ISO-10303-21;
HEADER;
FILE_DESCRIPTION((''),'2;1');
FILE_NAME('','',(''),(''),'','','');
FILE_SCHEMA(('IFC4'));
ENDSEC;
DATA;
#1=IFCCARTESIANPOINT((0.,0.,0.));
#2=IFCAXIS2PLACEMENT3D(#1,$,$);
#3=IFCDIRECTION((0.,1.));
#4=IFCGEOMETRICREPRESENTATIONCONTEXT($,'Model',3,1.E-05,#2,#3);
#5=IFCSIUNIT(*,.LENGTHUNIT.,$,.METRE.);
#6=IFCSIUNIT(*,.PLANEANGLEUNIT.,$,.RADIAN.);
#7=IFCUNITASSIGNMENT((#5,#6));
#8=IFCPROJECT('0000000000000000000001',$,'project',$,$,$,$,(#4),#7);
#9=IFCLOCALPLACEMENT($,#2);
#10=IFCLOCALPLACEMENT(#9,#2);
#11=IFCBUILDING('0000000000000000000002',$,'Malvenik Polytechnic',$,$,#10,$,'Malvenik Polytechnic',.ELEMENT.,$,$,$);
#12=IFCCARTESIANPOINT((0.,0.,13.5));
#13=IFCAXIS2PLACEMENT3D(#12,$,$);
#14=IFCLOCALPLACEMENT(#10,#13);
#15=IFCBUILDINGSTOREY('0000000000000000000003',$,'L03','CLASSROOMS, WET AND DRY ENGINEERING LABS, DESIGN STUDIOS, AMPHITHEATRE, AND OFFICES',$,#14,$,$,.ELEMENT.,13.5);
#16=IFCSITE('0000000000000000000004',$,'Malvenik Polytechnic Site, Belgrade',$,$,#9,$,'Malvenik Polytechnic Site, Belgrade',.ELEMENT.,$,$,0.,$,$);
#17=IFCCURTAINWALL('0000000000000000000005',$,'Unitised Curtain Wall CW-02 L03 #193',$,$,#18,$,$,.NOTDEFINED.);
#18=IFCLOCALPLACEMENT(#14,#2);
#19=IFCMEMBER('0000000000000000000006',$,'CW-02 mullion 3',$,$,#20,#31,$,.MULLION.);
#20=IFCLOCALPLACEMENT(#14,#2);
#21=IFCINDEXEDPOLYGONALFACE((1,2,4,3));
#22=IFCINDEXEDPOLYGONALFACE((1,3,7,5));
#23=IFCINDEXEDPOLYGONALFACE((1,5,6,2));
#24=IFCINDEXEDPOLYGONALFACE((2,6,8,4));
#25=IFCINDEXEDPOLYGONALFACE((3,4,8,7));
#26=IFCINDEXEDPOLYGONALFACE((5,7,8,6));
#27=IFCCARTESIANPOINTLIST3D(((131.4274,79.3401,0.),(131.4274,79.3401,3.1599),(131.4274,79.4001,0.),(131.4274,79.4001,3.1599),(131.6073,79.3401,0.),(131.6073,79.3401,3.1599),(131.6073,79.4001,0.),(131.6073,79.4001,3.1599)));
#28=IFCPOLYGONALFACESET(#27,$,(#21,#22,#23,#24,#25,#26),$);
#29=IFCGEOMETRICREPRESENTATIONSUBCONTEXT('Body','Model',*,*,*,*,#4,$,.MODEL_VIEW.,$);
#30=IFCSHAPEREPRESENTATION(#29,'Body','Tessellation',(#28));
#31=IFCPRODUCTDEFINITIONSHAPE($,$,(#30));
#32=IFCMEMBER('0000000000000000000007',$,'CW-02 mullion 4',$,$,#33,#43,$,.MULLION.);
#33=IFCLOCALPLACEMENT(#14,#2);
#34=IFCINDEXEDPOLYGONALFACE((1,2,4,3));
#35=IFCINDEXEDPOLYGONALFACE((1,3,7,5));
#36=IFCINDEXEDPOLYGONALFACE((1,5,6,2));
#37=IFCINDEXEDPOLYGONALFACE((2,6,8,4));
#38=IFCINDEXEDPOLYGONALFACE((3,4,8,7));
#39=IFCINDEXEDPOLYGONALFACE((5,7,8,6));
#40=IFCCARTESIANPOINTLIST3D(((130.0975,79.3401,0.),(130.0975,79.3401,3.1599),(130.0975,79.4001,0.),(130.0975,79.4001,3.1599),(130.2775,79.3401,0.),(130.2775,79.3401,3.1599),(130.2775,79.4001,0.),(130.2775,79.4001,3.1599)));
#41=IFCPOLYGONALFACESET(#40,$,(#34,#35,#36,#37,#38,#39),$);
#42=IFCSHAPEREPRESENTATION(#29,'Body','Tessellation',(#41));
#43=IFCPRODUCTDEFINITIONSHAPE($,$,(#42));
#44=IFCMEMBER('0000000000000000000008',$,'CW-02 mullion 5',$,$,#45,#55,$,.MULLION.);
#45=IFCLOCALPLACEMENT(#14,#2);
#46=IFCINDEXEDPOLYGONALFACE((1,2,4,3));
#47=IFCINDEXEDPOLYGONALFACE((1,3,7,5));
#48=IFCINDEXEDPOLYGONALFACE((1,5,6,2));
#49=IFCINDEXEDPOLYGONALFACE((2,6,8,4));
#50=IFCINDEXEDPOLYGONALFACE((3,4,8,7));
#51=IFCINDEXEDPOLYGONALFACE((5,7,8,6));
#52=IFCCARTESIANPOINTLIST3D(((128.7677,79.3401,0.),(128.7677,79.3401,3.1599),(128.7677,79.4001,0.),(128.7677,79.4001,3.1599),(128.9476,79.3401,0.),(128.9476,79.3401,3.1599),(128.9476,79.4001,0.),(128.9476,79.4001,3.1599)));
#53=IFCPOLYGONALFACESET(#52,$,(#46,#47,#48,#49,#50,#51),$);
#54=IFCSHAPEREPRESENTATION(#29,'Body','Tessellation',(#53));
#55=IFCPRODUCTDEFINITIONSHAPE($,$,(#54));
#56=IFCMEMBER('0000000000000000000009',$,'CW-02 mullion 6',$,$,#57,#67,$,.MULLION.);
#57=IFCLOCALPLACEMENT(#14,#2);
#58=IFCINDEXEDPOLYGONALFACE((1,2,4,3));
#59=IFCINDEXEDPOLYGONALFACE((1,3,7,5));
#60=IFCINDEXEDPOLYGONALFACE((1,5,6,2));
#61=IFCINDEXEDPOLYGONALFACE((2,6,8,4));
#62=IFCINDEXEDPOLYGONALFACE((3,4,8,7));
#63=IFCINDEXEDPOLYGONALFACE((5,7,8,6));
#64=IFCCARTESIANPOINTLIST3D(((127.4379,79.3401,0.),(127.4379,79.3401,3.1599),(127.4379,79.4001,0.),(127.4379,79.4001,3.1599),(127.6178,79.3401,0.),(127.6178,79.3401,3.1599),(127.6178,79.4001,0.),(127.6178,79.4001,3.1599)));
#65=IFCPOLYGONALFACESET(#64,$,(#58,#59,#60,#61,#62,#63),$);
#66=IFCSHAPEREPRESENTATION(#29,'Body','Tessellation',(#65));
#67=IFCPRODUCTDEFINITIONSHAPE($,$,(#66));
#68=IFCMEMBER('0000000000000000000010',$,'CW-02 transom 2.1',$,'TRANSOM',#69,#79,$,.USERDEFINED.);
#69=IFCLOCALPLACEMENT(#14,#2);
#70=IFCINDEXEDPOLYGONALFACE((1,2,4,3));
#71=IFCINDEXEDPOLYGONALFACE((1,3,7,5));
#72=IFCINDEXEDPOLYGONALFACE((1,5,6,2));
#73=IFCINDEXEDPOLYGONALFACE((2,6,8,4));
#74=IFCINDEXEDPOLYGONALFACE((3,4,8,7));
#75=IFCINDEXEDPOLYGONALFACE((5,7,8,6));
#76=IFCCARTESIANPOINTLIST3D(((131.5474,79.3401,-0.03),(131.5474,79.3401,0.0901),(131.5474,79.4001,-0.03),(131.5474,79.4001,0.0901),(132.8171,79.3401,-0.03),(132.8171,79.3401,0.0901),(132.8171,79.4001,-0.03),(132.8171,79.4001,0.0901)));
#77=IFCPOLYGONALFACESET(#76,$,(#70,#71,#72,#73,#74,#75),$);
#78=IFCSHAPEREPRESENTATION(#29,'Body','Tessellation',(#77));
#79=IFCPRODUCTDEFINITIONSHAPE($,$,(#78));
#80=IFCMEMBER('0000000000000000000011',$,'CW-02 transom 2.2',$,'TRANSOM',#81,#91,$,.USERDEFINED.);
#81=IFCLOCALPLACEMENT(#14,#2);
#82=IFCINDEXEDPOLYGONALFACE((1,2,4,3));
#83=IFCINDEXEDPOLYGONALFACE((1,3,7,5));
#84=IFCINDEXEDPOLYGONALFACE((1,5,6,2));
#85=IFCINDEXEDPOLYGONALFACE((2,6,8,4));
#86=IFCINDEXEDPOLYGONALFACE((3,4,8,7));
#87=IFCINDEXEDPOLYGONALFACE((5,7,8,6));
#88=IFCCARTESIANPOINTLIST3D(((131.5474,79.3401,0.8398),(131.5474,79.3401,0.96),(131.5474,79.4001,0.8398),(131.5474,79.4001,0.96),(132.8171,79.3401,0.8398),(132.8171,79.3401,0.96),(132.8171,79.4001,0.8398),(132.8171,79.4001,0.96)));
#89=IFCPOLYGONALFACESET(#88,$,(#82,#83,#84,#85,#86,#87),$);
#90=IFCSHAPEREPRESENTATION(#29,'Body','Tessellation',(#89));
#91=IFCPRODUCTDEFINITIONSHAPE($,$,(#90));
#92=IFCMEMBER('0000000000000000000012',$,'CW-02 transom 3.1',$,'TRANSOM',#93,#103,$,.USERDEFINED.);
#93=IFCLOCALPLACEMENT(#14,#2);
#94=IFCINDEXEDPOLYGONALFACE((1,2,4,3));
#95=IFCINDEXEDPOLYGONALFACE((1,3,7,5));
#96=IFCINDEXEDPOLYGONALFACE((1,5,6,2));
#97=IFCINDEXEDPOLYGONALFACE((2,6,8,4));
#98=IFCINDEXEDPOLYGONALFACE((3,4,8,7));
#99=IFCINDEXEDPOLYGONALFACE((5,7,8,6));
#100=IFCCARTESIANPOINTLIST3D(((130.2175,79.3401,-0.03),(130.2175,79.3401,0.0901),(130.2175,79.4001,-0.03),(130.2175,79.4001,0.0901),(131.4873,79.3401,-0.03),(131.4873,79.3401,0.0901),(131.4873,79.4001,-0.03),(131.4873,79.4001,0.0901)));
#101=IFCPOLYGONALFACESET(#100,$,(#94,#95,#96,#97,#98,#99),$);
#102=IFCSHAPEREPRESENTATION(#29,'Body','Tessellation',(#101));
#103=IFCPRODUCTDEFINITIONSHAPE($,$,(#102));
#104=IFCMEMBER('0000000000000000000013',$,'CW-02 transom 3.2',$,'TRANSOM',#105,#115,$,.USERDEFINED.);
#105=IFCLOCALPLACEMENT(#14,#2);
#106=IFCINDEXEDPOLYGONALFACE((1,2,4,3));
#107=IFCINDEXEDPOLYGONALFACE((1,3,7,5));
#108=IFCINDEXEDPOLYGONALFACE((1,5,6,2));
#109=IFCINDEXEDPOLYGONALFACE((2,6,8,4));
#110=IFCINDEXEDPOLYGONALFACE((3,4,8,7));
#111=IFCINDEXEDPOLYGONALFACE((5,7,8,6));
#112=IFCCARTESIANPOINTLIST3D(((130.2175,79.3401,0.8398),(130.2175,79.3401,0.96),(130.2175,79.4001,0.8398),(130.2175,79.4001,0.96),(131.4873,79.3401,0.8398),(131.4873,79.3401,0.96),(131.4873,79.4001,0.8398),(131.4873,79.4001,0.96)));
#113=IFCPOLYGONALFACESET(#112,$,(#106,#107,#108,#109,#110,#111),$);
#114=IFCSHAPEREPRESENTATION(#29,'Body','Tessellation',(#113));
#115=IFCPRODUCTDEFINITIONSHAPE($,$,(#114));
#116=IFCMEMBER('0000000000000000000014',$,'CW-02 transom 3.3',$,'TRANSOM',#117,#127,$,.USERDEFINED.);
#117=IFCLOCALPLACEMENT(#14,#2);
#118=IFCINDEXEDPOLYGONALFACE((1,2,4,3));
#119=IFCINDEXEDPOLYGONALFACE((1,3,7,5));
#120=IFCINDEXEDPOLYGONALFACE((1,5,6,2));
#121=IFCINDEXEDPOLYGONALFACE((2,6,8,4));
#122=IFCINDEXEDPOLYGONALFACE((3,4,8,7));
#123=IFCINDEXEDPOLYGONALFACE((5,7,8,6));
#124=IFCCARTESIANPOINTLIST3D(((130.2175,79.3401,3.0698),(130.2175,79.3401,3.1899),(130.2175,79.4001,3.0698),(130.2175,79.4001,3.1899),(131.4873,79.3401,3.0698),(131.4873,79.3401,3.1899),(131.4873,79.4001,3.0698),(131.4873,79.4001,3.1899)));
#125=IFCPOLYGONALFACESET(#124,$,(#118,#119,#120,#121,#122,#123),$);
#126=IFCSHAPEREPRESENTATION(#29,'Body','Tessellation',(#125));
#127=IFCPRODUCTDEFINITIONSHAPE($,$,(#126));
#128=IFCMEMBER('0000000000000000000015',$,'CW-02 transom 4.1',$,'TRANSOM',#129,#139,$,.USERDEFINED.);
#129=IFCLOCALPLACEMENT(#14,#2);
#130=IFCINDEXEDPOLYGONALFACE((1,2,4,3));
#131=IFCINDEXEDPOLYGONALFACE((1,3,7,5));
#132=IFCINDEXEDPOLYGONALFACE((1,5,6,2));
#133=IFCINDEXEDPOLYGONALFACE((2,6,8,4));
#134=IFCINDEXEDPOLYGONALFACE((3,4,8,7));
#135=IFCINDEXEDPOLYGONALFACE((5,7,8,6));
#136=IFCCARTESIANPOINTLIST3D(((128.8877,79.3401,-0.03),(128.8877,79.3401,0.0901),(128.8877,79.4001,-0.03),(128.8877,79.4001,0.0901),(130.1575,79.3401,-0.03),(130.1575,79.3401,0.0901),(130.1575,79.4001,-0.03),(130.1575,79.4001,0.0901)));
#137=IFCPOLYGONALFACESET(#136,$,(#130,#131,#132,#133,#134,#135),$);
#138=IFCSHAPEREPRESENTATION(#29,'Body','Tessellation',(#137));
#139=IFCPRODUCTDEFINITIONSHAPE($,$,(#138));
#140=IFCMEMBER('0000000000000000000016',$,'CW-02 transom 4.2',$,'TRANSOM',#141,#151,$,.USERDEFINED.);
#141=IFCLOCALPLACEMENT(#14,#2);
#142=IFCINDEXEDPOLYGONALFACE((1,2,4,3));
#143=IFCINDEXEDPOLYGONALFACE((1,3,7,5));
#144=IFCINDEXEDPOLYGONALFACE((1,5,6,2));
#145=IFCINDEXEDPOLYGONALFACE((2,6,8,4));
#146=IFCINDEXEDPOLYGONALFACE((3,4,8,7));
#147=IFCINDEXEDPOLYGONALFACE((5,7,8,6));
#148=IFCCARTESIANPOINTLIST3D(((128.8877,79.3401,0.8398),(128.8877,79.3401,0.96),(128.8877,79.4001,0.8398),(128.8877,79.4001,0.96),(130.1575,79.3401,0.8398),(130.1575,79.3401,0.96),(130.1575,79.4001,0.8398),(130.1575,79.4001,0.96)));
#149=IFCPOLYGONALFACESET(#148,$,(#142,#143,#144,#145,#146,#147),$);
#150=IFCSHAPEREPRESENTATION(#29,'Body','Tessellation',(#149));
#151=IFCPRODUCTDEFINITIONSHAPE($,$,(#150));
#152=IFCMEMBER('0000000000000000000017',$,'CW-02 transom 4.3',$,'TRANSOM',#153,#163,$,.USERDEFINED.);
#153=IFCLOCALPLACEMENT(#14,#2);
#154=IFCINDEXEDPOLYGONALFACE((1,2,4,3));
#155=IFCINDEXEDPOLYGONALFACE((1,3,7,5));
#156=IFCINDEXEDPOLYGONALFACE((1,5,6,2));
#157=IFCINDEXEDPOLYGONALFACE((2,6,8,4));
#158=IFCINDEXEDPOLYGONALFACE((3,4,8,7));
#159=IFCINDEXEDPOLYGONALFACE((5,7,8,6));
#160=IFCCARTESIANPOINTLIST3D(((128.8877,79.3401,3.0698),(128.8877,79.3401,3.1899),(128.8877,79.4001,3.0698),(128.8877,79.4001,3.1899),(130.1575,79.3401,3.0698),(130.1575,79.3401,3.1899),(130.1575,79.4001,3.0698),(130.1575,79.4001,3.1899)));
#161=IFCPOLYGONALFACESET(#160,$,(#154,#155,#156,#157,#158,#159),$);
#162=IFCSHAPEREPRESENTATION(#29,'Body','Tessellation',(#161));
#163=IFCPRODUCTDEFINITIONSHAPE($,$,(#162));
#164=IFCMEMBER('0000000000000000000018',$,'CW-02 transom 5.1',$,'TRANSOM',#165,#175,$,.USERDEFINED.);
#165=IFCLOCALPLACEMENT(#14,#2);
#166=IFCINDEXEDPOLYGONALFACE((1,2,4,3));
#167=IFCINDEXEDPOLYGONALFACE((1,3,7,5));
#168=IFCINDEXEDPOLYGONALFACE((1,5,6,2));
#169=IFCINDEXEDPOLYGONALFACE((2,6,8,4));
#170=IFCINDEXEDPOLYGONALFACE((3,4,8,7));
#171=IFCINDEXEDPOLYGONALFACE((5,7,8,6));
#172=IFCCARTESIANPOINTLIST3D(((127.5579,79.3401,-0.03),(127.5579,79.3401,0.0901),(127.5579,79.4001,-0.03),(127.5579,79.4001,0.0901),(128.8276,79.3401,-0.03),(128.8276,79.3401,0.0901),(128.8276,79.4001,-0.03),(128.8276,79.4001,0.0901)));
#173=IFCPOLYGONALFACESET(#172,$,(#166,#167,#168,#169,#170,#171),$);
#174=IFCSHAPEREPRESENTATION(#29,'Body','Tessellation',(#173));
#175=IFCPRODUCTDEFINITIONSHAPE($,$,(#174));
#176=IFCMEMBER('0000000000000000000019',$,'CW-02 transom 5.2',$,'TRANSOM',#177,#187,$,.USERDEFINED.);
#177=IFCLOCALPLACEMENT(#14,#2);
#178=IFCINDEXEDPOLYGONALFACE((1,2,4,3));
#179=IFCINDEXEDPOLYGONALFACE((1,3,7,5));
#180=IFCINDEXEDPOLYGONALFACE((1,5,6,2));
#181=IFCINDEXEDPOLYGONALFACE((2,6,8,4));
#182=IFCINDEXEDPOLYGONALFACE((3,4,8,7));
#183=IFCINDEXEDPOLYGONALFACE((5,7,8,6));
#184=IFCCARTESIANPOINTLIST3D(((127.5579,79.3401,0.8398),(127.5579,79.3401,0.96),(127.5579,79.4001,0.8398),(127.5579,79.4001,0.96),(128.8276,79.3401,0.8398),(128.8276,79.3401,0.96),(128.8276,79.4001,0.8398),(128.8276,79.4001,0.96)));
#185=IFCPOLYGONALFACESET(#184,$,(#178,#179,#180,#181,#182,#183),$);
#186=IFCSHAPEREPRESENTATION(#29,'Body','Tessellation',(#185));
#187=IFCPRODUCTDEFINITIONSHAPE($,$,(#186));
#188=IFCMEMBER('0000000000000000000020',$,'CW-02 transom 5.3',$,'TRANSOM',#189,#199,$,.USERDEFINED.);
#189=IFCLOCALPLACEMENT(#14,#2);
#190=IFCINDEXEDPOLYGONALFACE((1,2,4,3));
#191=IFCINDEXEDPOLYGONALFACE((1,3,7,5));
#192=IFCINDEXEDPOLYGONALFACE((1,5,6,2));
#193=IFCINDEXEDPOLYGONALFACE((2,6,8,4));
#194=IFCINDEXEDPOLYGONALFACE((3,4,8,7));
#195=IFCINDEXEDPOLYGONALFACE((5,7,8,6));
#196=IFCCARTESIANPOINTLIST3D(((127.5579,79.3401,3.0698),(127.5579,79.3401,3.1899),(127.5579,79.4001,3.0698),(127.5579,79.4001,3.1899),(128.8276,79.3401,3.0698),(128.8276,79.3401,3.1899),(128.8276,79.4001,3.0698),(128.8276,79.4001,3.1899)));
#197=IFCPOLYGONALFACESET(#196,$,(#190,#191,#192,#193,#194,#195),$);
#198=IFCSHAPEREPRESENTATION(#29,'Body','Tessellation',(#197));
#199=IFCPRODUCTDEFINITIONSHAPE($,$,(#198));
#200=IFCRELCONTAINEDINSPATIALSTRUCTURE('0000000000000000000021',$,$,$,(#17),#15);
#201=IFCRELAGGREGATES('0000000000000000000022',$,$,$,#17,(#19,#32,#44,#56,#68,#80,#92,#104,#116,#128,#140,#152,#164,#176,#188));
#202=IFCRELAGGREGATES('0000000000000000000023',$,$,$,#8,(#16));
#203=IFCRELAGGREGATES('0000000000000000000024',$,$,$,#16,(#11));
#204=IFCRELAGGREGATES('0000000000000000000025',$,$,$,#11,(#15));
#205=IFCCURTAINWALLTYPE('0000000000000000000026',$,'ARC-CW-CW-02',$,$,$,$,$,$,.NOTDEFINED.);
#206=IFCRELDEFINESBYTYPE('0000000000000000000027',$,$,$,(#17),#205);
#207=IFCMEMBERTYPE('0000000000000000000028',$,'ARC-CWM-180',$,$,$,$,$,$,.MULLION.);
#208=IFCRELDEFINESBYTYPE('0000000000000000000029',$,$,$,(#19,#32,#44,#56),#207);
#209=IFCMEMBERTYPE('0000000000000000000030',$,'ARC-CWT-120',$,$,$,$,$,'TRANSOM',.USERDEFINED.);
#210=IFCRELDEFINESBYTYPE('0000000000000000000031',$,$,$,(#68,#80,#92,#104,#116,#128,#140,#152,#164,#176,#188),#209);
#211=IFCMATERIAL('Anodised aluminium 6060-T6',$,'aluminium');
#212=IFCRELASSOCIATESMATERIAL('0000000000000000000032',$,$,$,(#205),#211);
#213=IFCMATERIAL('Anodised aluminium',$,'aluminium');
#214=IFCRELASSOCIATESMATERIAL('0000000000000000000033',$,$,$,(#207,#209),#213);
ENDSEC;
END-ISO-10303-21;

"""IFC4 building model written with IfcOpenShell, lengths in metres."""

from ifc_helpers import new_model, si_unit, direction, frame, origin, origin_2d, place, context, subcontext, project, spatial, rectangle, extrude, material, material_profile, profile_set, type_object, element, aggregate, save


model = new_model("IFC4")

# Units and contexts
model_context = context("Model", 3, precision=1e-05, world=origin(), true_north=direction((0.0, 1.0)))
body_context = subcontext(model_context, "Body", "Model", "MODEL_VIEW")
ifc_project = project(units=[si_unit("LENGTHUNIT", "METRE"), si_unit("PLANEANGLEUNIT", "RADIAN")], contexts=[model_context])

# Site, building, storey
site_placement = place(None, origin())
site = spatial("IfcSite", under=ifc_project, at=site_placement, Name="Malvenik Polytechnic Site, Belgrade", LongName="Malvenik Polytechnic Site, Belgrade", CompositionType="ELEMENT", RefElevation=0.0)
building_placement = place(site_placement, origin())
building = spatial("IfcBuilding", under=site, at=building_placement, Name="Malvenik Polytechnic", LongName="Malvenik Polytechnic", CompositionType="ELEMENT")
storey_placement = place(building_placement, frame((0.0, 0.0, 13.5)))
storey = spatial("IfcBuildingStorey", under=building, at=storey_placement, Name="L03", Description="CLASSROOMS, WET AND DRY ENGINEERING LABS, DESIGN STUDIOS, AMPHITHEATRE, AND OFFICES", CompositionType="ELEMENT", Elevation=13.5)

# Curtain wall, members
ifc_material_1 = material(Name="Anodised aluminium 6060-T6", Category="aluminium")
curtain_wall_type = type_object("IfcCurtainWallType", Name="ARC-CW-CW-02", PredefinedType="NOTDEFINED", material=ifc_material_1)
curtain_wall_placement = place(storey_placement, origin())
curtain_wall = element("IfcCurtainWall", 1, at=curtain_wall_placement, inside=storey, type_object=curtain_wall_type, Name="Unitised Curtain Wall CW-02 L03 #193", PredefinedType="NOTDEFINED")
ifc_material_2 = material(Name="Anodised aluminium", Category="aluminium")
ifc_material_profile_1 = material_profile(ifc_material_2, rectangle(XDim=0.0601, YDim=0.1799, at=origin_2d()), Name="ALU MULLION 60x180")
ifc_profile_set_1 = profile_set([ifc_material_profile_1], Name="Anodised aluminium")
member_type_1 = type_object("IfcMemberType", Name="ARC-CWM-180", PredefinedType="MULLION", material=ifc_profile_set_1)
member_1_placement = place(storey_placement, frame((131.5173, 79.3701, 0.0), z_axis=(0.0, 0.0, 1.0), x_axis=(0.0, -1.0, 0.0)))
member_1 = element("IfcMember", 2, at=member_1_placement, type_object=member_type_1, Name="CW-02 mullion 3", PredefinedType="MULLION", context=body_context, shape_type="SweptSolid", body=[
    extrude(rectangle(XDim=0.0601, YDim=0.1799, at=origin_2d()), origin(), (0.0, 0.0, 1.0), 3.1599),
])
member_2_placement = place(storey_placement, frame((130.1875, 79.3701, 0.0), z_axis=(0.0, 0.0, 1.0), x_axis=(0.0, -1.0, 0.0)))
member_2 = element("IfcMember", 3, at=member_2_placement, type_object=member_type_1, Name="CW-02 mullion 4", PredefinedType="MULLION", context=body_context, shape_type="SweptSolid", body=[
    extrude(rectangle(XDim=0.0601, YDim=0.1799, at=origin_2d()), origin(), (0.0, 0.0, 1.0), 3.1599),
])
member_3_placement = place(storey_placement, frame((128.8577, 79.3701, 0.0), z_axis=(0.0, 0.0, 1.0), x_axis=(0.0, -1.0, 0.0)))
member_3 = element("IfcMember", 4, at=member_3_placement, type_object=member_type_1, Name="CW-02 mullion 5", PredefinedType="MULLION", context=body_context, shape_type="SweptSolid", body=[
    extrude(rectangle(XDim=0.0601, YDim=0.1799, at=origin_2d()), origin(), (0.0, 0.0, 1.0), 3.1599),
])
member_4_placement = place(storey_placement, frame((127.5278, 79.3701, 0.0), z_axis=(0.0, 0.0, 1.0), x_axis=(0.0, -1.0, 0.0)))
member_4 = element("IfcMember", 5, at=member_4_placement, type_object=member_type_1, Name="CW-02 mullion 6", PredefinedType="MULLION", context=body_context, shape_type="SweptSolid", body=[
    extrude(rectangle(XDim=0.0601, YDim=0.1799, at=origin_2d()), origin(), (0.0, 0.0, 1.0), 3.1599),
])
ifc_material_profile_2 = material_profile(ifc_material_2, rectangle(XDim=0.0601, YDim=0.1201, at=origin_2d()), Name="ALU TRANSOM 60x120")
ifc_profile_set_2 = profile_set([ifc_material_profile_2], Name="Anodised aluminium")
member_type_2 = type_object("IfcMemberType", Name="ARC-CWT-120", ElementType="TRANSOM", PredefinedType="USERDEFINED", material=ifc_profile_set_2)
member_5_placement = place(storey_placement, frame((132.8171, 79.3701, 0.03), z_axis=(-1.0, 0.0, 0.0), x_axis=(0.0, -1.0, 0.0)))
member_5 = element("IfcMember", 6, at=member_5_placement, type_object=member_type_2, Name="CW-02 transom 2.1", ObjectType="TRANSOM", PredefinedType="USERDEFINED", context=body_context, shape_type="SweptSolid", body=[
    extrude(rectangle(XDim=0.0601, YDim=0.1201, at=origin_2d()), origin(), (0.0, 0.0, 1.0), 1.2698),
])
member_6_placement = place(storey_placement, frame((132.8171, 79.3701, 0.8999), z_axis=(-1.0, 0.0, 0.0), x_axis=(0.0, -1.0, 0.0)))
member_6 = element("IfcMember", 7, at=member_6_placement, type_object=member_type_2, Name="CW-02 transom 2.2", ObjectType="TRANSOM", PredefinedType="USERDEFINED", context=body_context, shape_type="SweptSolid", body=[
    extrude(rectangle(XDim=0.0601, YDim=0.1201, at=origin_2d()), origin(), (0.0, 0.0, 1.0), 1.2698),
])
member_7_placement = place(storey_placement, frame((131.4873, 79.3701, 0.03), z_axis=(-1.0, 0.0, 0.0), x_axis=(0.0, -1.0, 0.0)))
member_7 = element("IfcMember", 8, at=member_7_placement, type_object=member_type_2, Name="CW-02 transom 3.1", ObjectType="TRANSOM", PredefinedType="USERDEFINED", context=body_context, shape_type="SweptSolid", body=[
    extrude(rectangle(XDim=0.0601, YDim=0.1201, at=origin_2d()), origin(), (0.0, 0.0, 1.0), 1.2698),
])
member_8_placement = place(storey_placement, frame((131.4873, 79.3701, 0.8999), z_axis=(-1.0, 0.0, 0.0), x_axis=(0.0, -1.0, 0.0)))
member_8 = element("IfcMember", 9, at=member_8_placement, type_object=member_type_2, Name="CW-02 transom 3.2", ObjectType="TRANSOM", PredefinedType="USERDEFINED", context=body_context, shape_type="SweptSolid", body=[
    extrude(rectangle(XDim=0.0601, YDim=0.1201, at=origin_2d()), origin(), (0.0, 0.0, 1.0), 1.2698),
])
member_9_placement = place(storey_placement, frame((131.4873, 79.3701, 3.1299), z_axis=(-1.0, 0.0, 0.0), x_axis=(0.0, -1.0, 0.0)))
member_9 = element("IfcMember", 10, at=member_9_placement, type_object=member_type_2, Name="CW-02 transom 3.3", ObjectType="TRANSOM", PredefinedType="USERDEFINED", context=body_context, shape_type="SweptSolid", body=[
    extrude(rectangle(XDim=0.0601, YDim=0.1201, at=origin_2d()), origin(), (0.0, 0.0, 1.0), 1.2698),
])
member_10_placement = place(storey_placement, frame((130.1575, 79.3701, 0.03), z_axis=(-1.0, 0.0, 0.0), x_axis=(0.0, -1.0, 0.0)))
member_10 = element("IfcMember", 11, at=member_10_placement, type_object=member_type_2, Name="CW-02 transom 4.1", ObjectType="TRANSOM", PredefinedType="USERDEFINED", context=body_context, shape_type="SweptSolid", body=[
    extrude(rectangle(XDim=0.0601, YDim=0.1201, at=origin_2d()), origin(), (0.0, 0.0, 1.0), 1.2698),
])
member_11_placement = place(storey_placement, frame((130.1575, 79.3701, 0.8999), z_axis=(-1.0, 0.0, 0.0), x_axis=(0.0, -1.0, 0.0)))
member_11 = element("IfcMember", 12, at=member_11_placement, type_object=member_type_2, Name="CW-02 transom 4.2", ObjectType="TRANSOM", PredefinedType="USERDEFINED", context=body_context, shape_type="SweptSolid", body=[
    extrude(rectangle(XDim=0.0601, YDim=0.1201, at=origin_2d()), origin(), (0.0, 0.0, 1.0), 1.2698),
])
member_12_placement = place(storey_placement, frame((130.1575, 79.3701, 3.1299), z_axis=(-1.0, 0.0, 0.0), x_axis=(0.0, -1.0, 0.0)))
member_12 = element("IfcMember", 13, at=member_12_placement, type_object=member_type_2, Name="CW-02 transom 4.3", ObjectType="TRANSOM", PredefinedType="USERDEFINED", context=body_context, shape_type="SweptSolid", body=[
    extrude(rectangle(XDim=0.0601, YDim=0.1201, at=origin_2d()), origin(), (0.0, 0.0, 1.0), 1.2698),
])
member_13_placement = place(storey_placement, frame((128.8276, 79.3701, 0.03), z_axis=(-1.0, 0.0, 0.0), x_axis=(0.0, -1.0, 0.0)))
member_13 = element("IfcMember", 14, at=member_13_placement, type_object=member_type_2, Name="CW-02 transom 5.1", ObjectType="TRANSOM", PredefinedType="USERDEFINED", context=body_context, shape_type="SweptSolid", body=[
    extrude(rectangle(XDim=0.0601, YDim=0.1201, at=origin_2d()), origin(), (0.0, 0.0, 1.0), 1.2698),
])
member_14_placement = place(storey_placement, frame((128.8276, 79.3701, 0.8999), z_axis=(-1.0, 0.0, 0.0), x_axis=(0.0, -1.0, 0.0)))
member_14 = element("IfcMember", 15, at=member_14_placement, type_object=member_type_2, Name="CW-02 transom 5.2", ObjectType="TRANSOM", PredefinedType="USERDEFINED", context=body_context, shape_type="SweptSolid", body=[
    extrude(rectangle(XDim=0.0601, YDim=0.1201, at=origin_2d()), origin(), (0.0, 0.0, 1.0), 1.2698),
])
member_15_placement = place(storey_placement, frame((128.8276, 79.3701, 3.1299), z_axis=(-1.0, 0.0, 0.0), x_axis=(0.0, -1.0, 0.0)))
member_15 = element("IfcMember", 16, at=member_15_placement, type_object=member_type_2, Name="CW-02 transom 5.3", ObjectType="TRANSOM", PredefinedType="USERDEFINED", context=body_context, shape_type="SweptSolid", body=[
    extrude(rectangle(XDim=0.0601, YDim=0.1201, at=origin_2d()), origin(), (0.0, 0.0, 1.0), 1.2698),
])

aggregate(curtain_wall, [member_1, member_2, member_3, member_4, member_5, member_6, member_7, member_8, member_9, member_10, member_11, member_12, member_13, member_14, member_15])

save(model, "model.ifc")
